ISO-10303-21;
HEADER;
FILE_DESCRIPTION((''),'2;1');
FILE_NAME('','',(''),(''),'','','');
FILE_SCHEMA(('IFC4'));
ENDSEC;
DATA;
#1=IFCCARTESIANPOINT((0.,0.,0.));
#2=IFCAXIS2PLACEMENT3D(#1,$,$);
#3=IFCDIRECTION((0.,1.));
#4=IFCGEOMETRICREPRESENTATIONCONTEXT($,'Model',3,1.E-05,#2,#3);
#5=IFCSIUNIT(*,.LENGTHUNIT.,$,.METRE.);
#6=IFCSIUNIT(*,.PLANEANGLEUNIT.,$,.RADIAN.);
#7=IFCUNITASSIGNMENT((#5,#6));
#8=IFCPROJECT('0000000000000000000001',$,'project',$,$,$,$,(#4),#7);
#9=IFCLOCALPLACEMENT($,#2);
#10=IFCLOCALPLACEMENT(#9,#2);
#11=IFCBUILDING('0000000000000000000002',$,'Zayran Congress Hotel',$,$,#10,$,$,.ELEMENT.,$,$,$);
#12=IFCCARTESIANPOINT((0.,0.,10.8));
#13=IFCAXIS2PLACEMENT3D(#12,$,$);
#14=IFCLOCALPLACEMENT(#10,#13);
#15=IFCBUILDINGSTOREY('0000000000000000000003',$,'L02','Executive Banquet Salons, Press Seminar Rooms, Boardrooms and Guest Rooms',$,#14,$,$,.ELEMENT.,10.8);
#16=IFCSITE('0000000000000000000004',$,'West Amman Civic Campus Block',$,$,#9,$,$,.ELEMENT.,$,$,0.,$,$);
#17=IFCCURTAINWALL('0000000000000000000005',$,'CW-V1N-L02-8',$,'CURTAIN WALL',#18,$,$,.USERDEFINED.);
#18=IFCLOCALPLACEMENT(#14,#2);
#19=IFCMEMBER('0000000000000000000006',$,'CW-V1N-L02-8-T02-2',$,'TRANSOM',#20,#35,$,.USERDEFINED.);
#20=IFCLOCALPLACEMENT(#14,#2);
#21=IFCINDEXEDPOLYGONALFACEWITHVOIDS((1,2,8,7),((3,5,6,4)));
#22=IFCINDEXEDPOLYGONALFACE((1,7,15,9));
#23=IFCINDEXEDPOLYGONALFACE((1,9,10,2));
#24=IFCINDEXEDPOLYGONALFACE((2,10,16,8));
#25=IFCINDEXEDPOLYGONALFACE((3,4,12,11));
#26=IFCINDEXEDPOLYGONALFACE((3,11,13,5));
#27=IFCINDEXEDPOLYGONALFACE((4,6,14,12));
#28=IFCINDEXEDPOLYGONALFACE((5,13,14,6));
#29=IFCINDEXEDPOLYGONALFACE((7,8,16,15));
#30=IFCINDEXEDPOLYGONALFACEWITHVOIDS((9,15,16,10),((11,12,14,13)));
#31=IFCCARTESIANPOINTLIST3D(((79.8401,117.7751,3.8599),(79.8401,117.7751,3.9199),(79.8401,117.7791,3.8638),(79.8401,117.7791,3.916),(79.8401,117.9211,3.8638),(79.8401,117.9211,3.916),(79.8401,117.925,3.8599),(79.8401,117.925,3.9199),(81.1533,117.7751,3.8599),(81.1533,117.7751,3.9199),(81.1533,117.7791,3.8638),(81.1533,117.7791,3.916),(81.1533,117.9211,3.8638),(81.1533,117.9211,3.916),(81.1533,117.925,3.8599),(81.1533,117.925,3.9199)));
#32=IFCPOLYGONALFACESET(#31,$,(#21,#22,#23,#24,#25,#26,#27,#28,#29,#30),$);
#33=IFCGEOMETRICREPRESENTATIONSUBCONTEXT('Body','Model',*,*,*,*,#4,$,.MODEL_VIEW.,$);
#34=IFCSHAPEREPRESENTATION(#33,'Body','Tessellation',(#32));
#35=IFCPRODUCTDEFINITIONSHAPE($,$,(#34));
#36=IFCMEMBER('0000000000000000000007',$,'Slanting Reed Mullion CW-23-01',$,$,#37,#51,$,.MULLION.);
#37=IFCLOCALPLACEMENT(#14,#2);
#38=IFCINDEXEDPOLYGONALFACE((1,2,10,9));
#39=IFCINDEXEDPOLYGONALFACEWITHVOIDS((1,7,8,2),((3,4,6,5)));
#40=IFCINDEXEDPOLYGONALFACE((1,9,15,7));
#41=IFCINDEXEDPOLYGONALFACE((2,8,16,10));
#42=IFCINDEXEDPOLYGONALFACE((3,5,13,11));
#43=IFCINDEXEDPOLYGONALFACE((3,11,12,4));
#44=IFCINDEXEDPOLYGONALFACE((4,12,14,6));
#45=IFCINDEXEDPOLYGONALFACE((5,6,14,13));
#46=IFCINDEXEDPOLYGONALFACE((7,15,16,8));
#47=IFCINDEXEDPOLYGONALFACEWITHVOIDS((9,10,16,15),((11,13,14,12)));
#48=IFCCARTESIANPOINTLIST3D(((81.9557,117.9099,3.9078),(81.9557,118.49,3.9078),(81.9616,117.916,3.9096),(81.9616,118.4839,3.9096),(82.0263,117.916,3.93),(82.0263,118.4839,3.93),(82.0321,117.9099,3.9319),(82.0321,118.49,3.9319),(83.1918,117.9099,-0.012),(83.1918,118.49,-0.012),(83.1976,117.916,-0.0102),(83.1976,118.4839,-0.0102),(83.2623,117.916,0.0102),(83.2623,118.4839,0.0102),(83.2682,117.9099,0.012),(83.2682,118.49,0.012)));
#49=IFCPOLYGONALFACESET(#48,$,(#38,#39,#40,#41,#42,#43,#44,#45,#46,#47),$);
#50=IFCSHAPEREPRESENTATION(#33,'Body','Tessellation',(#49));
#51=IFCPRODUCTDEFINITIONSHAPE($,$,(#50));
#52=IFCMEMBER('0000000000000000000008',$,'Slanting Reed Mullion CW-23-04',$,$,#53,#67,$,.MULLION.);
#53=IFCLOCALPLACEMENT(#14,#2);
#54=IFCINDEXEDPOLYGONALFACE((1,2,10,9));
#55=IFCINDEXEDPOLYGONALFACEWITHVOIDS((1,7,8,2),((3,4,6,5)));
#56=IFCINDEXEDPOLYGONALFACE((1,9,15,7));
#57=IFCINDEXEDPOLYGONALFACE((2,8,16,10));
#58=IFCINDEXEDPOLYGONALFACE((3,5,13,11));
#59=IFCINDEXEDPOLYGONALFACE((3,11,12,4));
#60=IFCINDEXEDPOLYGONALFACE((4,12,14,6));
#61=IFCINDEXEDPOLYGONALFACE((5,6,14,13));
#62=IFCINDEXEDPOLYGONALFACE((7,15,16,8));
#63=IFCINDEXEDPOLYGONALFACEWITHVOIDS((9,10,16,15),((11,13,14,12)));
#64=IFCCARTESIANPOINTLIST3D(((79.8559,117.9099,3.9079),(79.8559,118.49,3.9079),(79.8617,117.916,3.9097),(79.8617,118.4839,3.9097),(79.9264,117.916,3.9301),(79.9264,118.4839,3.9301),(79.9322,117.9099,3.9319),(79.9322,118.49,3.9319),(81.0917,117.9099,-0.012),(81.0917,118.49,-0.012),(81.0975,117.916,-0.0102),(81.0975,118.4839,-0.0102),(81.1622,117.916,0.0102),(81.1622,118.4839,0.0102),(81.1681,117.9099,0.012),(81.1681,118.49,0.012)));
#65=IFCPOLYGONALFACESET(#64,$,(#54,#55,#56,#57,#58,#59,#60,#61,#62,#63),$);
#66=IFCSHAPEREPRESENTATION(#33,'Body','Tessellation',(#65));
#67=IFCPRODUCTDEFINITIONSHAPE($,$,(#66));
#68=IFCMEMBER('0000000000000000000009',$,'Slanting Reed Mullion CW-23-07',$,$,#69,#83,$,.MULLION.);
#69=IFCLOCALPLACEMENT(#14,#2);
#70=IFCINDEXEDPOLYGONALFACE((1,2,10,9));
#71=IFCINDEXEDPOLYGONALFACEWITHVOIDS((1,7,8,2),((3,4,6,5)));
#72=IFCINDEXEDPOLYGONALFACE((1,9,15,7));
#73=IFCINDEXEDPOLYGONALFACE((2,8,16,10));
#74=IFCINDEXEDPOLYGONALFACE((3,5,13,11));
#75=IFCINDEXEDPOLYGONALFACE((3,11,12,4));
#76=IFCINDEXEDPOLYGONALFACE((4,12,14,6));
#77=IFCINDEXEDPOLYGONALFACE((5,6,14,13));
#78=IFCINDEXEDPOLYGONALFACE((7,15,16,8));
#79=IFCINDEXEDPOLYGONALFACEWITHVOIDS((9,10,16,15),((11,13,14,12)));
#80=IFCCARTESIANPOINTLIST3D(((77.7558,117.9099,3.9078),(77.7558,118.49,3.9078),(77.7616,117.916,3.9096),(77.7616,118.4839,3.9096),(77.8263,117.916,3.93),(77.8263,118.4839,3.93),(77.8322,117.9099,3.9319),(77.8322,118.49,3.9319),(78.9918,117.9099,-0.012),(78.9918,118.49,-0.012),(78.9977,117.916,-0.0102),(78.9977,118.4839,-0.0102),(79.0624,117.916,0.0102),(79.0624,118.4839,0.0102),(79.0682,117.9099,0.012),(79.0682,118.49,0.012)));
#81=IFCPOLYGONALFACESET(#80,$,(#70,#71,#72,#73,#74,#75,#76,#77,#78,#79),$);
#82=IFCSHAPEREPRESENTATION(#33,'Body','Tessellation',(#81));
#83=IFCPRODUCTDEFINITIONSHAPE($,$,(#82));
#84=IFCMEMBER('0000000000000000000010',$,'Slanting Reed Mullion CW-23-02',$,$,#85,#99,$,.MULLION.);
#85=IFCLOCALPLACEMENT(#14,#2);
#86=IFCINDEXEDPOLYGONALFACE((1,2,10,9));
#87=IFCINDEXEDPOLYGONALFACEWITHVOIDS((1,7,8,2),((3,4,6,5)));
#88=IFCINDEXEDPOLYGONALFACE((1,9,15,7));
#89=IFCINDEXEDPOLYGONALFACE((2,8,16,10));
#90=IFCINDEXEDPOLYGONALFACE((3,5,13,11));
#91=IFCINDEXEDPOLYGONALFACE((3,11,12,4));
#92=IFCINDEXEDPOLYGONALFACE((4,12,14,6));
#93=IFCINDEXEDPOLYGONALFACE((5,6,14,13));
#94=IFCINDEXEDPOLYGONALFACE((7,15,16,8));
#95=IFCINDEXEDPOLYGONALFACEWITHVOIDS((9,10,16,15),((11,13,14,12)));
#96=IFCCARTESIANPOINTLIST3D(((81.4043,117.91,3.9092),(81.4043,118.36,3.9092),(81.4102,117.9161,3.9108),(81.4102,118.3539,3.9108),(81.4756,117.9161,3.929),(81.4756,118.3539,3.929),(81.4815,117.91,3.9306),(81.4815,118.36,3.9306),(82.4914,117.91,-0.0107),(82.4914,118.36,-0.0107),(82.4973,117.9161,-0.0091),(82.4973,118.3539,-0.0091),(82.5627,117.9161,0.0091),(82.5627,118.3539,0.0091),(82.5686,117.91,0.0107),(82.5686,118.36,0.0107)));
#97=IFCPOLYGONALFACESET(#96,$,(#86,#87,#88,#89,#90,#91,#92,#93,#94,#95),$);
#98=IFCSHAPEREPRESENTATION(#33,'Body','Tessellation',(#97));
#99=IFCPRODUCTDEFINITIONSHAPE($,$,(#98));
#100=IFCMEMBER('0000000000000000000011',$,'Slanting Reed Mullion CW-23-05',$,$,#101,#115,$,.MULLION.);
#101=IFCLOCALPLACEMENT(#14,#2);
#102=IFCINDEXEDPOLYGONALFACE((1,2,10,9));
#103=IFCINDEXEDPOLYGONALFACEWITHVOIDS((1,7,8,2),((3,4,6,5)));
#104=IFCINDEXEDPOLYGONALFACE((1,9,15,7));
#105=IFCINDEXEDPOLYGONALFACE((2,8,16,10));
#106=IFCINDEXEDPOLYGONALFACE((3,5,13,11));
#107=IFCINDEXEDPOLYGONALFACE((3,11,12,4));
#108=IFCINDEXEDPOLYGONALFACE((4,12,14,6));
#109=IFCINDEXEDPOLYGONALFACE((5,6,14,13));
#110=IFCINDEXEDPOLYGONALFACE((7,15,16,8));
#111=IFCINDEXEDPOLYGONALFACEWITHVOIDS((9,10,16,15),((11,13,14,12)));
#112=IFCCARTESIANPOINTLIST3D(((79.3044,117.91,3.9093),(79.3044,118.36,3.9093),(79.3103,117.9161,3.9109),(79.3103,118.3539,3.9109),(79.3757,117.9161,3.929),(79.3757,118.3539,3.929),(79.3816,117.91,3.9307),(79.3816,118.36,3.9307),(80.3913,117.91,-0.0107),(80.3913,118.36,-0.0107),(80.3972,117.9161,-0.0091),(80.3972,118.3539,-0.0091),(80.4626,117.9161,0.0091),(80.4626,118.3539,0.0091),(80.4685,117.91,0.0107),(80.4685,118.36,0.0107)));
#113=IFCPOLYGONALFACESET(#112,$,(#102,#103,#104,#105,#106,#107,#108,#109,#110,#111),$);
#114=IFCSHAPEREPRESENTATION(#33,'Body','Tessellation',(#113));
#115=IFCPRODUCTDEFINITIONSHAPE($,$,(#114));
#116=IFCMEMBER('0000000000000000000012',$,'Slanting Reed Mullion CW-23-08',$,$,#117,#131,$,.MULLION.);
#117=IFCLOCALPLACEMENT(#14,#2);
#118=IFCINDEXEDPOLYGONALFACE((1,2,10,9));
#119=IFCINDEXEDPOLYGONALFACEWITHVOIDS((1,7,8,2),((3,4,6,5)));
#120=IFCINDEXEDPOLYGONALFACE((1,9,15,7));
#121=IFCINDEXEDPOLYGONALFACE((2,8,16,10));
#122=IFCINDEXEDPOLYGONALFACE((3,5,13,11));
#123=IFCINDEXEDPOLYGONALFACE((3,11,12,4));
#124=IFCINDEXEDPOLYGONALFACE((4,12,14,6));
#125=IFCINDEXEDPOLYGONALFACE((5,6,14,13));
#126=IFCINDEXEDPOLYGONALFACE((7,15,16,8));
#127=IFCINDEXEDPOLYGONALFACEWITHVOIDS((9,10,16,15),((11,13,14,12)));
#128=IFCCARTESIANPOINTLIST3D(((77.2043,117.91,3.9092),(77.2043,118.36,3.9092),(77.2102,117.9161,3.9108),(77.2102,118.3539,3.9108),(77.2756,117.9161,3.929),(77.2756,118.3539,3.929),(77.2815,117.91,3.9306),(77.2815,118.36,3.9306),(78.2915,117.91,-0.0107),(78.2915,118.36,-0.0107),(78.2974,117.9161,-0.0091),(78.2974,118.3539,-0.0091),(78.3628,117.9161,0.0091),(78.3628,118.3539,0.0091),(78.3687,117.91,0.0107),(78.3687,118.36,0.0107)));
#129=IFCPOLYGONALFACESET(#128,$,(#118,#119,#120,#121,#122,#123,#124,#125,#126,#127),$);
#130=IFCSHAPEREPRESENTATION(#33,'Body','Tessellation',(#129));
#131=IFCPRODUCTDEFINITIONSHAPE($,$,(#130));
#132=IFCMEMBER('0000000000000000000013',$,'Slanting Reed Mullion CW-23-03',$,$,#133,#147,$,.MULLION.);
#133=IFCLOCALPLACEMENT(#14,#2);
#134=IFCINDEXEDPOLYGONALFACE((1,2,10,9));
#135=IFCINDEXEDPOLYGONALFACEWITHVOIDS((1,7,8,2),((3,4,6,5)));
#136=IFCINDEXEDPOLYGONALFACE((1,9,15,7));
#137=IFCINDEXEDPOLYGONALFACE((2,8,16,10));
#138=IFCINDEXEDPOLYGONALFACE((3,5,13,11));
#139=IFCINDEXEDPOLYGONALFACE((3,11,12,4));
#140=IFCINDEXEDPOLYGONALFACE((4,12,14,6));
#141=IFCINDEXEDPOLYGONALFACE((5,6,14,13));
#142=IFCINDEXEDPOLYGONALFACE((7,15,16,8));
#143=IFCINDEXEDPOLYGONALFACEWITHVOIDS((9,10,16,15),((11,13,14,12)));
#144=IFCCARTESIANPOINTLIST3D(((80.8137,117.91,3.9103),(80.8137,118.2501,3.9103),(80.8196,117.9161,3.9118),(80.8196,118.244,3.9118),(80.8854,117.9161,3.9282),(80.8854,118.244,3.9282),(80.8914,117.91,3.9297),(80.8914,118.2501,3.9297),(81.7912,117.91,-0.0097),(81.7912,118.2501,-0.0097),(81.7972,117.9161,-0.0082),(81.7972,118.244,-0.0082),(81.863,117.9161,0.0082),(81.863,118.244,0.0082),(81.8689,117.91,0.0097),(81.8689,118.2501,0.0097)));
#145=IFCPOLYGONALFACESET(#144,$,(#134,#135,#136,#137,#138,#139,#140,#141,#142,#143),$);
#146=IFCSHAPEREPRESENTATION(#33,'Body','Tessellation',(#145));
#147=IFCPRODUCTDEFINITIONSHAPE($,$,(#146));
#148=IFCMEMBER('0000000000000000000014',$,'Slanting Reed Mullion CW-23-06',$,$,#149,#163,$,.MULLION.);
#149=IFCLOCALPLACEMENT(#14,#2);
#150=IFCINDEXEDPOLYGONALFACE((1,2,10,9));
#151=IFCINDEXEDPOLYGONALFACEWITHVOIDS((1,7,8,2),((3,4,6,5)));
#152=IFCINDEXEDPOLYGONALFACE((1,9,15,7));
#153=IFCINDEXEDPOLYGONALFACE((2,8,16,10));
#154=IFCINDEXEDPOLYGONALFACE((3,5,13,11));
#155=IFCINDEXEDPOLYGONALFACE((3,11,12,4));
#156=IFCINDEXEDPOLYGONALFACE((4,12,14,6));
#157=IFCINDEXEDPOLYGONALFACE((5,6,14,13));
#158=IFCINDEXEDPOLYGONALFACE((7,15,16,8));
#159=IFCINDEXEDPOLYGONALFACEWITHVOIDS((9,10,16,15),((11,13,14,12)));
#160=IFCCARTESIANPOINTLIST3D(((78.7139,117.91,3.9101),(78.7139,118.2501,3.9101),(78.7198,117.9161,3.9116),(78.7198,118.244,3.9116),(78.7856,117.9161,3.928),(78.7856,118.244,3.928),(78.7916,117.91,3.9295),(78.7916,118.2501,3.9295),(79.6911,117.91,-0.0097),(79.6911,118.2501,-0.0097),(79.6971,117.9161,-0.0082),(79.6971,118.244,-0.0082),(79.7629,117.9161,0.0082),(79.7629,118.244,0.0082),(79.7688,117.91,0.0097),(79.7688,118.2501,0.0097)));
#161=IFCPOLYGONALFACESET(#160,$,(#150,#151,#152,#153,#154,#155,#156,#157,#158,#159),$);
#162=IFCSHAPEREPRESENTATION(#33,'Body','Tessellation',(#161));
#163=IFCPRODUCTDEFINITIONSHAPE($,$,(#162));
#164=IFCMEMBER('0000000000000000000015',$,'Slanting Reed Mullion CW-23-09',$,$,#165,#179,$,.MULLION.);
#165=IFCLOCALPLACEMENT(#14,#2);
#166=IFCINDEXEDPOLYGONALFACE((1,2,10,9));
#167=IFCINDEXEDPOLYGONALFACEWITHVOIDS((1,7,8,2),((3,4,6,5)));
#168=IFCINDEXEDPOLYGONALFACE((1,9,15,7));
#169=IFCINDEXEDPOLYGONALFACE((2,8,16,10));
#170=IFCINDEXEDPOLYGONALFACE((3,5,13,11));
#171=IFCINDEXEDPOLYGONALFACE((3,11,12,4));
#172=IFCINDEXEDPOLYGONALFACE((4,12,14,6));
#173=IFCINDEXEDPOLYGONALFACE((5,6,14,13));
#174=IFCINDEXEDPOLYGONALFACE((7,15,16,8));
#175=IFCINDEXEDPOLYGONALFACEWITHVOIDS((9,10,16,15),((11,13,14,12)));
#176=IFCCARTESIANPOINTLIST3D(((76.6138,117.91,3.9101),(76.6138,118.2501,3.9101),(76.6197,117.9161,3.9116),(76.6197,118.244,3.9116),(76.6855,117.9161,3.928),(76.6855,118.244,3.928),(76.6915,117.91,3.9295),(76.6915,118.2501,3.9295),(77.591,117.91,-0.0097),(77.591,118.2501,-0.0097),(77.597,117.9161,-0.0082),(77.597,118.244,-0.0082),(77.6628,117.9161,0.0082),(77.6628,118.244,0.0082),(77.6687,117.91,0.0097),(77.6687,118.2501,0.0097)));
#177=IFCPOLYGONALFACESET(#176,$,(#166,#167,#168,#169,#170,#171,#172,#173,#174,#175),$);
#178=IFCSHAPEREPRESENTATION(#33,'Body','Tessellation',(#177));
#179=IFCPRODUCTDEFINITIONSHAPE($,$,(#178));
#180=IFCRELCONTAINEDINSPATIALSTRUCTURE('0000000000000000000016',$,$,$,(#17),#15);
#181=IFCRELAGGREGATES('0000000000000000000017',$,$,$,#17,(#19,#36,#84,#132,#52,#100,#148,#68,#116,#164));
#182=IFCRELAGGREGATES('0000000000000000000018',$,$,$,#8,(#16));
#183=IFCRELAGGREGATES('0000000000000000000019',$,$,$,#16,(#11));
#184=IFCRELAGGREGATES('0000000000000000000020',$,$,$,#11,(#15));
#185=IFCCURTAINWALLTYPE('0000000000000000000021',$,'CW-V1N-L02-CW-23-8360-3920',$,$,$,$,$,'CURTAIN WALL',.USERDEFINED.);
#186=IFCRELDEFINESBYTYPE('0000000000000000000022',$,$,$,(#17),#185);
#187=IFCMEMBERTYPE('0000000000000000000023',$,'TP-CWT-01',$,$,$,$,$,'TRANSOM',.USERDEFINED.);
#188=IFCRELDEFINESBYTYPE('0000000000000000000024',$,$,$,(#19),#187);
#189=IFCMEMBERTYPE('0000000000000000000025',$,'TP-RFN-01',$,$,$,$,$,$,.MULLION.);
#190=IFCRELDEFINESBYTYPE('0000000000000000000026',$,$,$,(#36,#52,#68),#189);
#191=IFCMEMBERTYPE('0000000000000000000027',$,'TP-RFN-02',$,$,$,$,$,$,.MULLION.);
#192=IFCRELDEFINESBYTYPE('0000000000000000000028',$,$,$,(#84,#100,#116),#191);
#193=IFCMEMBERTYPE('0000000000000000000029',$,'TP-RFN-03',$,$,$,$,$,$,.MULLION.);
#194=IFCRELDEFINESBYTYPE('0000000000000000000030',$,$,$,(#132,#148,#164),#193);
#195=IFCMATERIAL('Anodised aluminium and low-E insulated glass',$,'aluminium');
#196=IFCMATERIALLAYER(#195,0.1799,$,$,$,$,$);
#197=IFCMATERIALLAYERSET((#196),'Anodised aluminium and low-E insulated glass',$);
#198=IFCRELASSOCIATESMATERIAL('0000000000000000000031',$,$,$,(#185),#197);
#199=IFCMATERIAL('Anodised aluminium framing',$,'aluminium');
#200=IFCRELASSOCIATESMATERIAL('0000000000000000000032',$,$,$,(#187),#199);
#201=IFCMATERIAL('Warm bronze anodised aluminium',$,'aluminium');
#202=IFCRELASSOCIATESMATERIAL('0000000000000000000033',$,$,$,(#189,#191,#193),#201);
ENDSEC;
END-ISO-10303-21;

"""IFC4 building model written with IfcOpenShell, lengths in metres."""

from ifc_helpers import new_model, si_unit, direction, frame, origin, origin_2d, place, context, subcontext, project, spatial, hollow_rectangle, extrude, material, layer, layer_set, material_profile, profile_set, type_object, element, aggregate, save


model = new_model("IFC4")

# Units and contexts
model_context = context("Model", 3, precision=1e-05, world=origin(), true_north=direction((0.0, 1.0)))
body_context = subcontext(model_context, "Body", "Model", "MODEL_VIEW")
ifc_project = project(units=[si_unit("LENGTHUNIT", "METRE"), si_unit("PLANEANGLEUNIT", "RADIAN")], contexts=[model_context])

# Site, building, storey
site_placement = place(None, origin())
site = spatial("IfcSite", under=ifc_project, at=site_placement, Name="West Amman Civic Campus Block", CompositionType="ELEMENT", RefElevation=0.0)
building_placement = place(site_placement, origin())
building = spatial("IfcBuilding", under=site, at=building_placement, Name="Zayran Congress Hotel", CompositionType="ELEMENT")
storey_placement = place(building_placement, frame((0.0, 0.0, 10.8)))
storey = spatial("IfcBuildingStorey", under=building, at=storey_placement, Name="L02", Description="Executive Banquet Salons, Press Seminar Rooms, Boardrooms and Guest Rooms", CompositionType="ELEMENT", Elevation=10.8)

# Curtain wall, members
ifc_material_1 = material(Name="Anodised aluminium and low-E insulated glass", Category="aluminium")
ifc_layer_1 = layer(ifc_material_1, 0.1799)
ifc_layer_set_1 = layer_set([ifc_layer_1], Name="Anodised aluminium and low-E insulated glass")
curtain_wall_type = type_object("IfcCurtainWallType", Name="CW-V1N-L02-CW-23-8360-3920", ElementType="CURTAIN WALL", PredefinedType="USERDEFINED", material=ifc_layer_set_1)
curtain_wall_placement = place(storey_placement, origin())
curtain_wall = element("IfcCurtainWall", 1, at=curtain_wall_placement, inside=storey, type_object=curtain_wall_type, Name="CW-V1N-L02-8", ObjectType="CURTAIN WALL", PredefinedType="USERDEFINED")
ifc_material_2 = material(Name="Anodised aluminium framing", Category="aluminium")
ifc_material_profile_1 = material_profile(ifc_material_2, hollow_rectangle(XDim=0.0601, YDim=0.1499, WallThickness=0.0039, at=origin_2d()), Name="RHS 150x60x4")
ifc_profile_set_1 = profile_set([ifc_material_profile_1], Name="Anodised aluminium framing")
member_type_1 = type_object("IfcMemberType", Name="TP-CWT-01", ElementType="TRANSOM", PredefinedType="USERDEFINED", material=ifc_profile_set_1)
member_1_placement = place(storey_placement, frame((81.1533, 117.8501, 3.8899), z_axis=(-1.0, 0.0, 0.0), x_axis=(0.0, 0.0, 1.0)))
member_1 = element("IfcMember", 2, at=member_1_placement, type_object=member_type_1, Name="CW-V1N-L02-8-T02-2", ObjectType="TRANSOM", PredefinedType="USERDEFINED", context=body_context, shape_type="SweptSolid", body=[
    extrude(hollow_rectangle(XDim=0.0601, YDim=0.1499, WallThickness=0.0039, at=origin_2d()), origin(), (0.0, 0.0, 1.0), 1.3132),
])
ifc_material_3 = material(Name="Warm bronze anodised aluminium", Category="aluminium")
ifc_material_profile_2 = material_profile(ifc_material_3, hollow_rectangle(XDim=0.0801, YDim=0.5801, WallThickness=0.0061, at=origin_2d()), Name="RHS 580x80x6")
ifc_profile_set_2 = profile_set([ifc_material_profile_2], Name="Warm bronze anodised aluminium")
member_type_2 = type_object("IfcMemberType", Name="TP-RFN-01", PredefinedType="MULLION", material=ifc_profile_set_2)
member_2_placement = place(storey_placement, frame((83.23, 118.2, 0.0), z_axis=(-0.300736, 0.0, 0.953707), x_axis=(0.953707, 0.0, 0.300736)))
member_2 = element("IfcMember", 3, at=member_2_placement, type_object=member_type_2, Name="Slanting Reed Mullion CW-23-01", PredefinedType="MULLION", context=body_context, shape_type="SweptSolid", body=[
    extrude(hollow_rectangle(XDim=0.0801, YDim=0.5801, WallThickness=0.0061, at=origin_2d()), origin(), (0.0, 0.0, 1.0), 4.1101),
])
member_3_placement = place(storey_placement, frame((81.1299, 118.2, 0.0), z_axis=(-0.300682, 0.0, 0.953724), x_axis=(0.953724, 0.0, 0.300682)))
member_3 = element("IfcMember", 4, at=member_3_placement, type_object=member_type_2, Name="Slanting Reed Mullion CW-23-04", PredefinedType="MULLION", context=body_context, shape_type="SweptSolid", body=[
    extrude(hollow_rectangle(XDim=0.0801, YDim=0.5801, WallThickness=0.0061, at=origin_2d()), origin(), (0.0, 0.0, 1.0), 4.1101),
])
member_4_placement = place(storey_placement, frame((79.03, 118.2, 0.0), z_axis=(-0.300736, 0.0, 0.953707), x_axis=(0.953707, 0.0, 0.300736)))
member_4 = element("IfcMember", 5, at=member_4_placement, type_object=member_type_2, Name="Slanting Reed Mullion CW-23-07", PredefinedType="MULLION", context=body_context, shape_type="SweptSolid", body=[
    extrude(hollow_rectangle(XDim=0.0801, YDim=0.5801, WallThickness=0.0061, at=origin_2d()), origin(), (0.0, 0.0, 1.0), 4.1101),
])
ifc_material_profile_3 = material_profile(ifc_material_3, hollow_rectangle(XDim=0.0801, YDim=0.45, WallThickness=0.0061, at=origin_2d()), Name="RHS 450x80x6")
ifc_profile_set_3 = profile_set([ifc_material_profile_3], Name="Warm bronze anodised aluminium")
member_type_3 = type_object("IfcMemberType", Name="TP-RFN-02", PredefinedType="MULLION", material=ifc_profile_set_3)
member_5_placement = place(storey_placement, frame((82.53, 118.135, 0.0), z_axis=(-0.267254, 0.0, 0.963626), x_axis=(0.963626, 0.0, 0.267254)))
member_5 = element("IfcMember", 6, at=member_5_placement, type_object=member_type_3, Name="Slanting Reed Mullion CW-23-02", PredefinedType="MULLION", context=body_context, shape_type="SweptSolid", body=[
    extrude(hollow_rectangle(XDim=0.0801, YDim=0.45, WallThickness=0.0061, at=origin_2d()), origin(), (0.0, 0.0, 1.0), 4.0679),
])
member_6_placement = place(storey_placement, frame((80.4299, 118.135, 0.0), z_axis=(-0.267198, 0.0, 0.963642), x_axis=(0.963642, 0.0, 0.267198)))
member_6 = element("IfcMember", 7, at=member_6_placement, type_object=member_type_3, Name="Slanting Reed Mullion CW-23-05", PredefinedType="MULLION", context=body_context, shape_type="SweptSolid", body=[
    extrude(hollow_rectangle(XDim=0.0801, YDim=0.45, WallThickness=0.0061, at=origin_2d()), origin(), (0.0, 0.0, 1.0), 4.0679),
])
member_7_placement = place(storey_placement, frame((78.3301, 118.135, 0.0), z_axis=(-0.267254, 0.0, 0.963626), x_axis=(0.963626, 0.0, 0.267254)))
member_7 = element("IfcMember", 8, at=member_7_placement, type_object=member_type_3, Name="Slanting Reed Mullion CW-23-08", PredefinedType="MULLION", context=body_context, shape_type="SweptSolid", body=[
    extrude(hollow_rectangle(XDim=0.0801, YDim=0.45, WallThickness=0.0061, at=origin_2d()), origin(), (0.0, 0.0, 1.0), 4.0679),
])
ifc_material_profile_4 = material_profile(ifc_material_3, hollow_rectangle(XDim=0.0801, YDim=0.3401, WallThickness=0.0061, at=origin_2d()), Name="RHS 340x80x6")
ifc_profile_set_4 = profile_set([ifc_material_profile_4], Name="Warm bronze anodised aluminium")
member_type_4 = type_object("IfcMemberType", Name="TP-RFN-03", PredefinedType="MULLION", material=ifc_profile_set_4)
member_8_placement = place(storey_placement, frame((81.8301, 118.0801, 0.0), z_axis=(-0.241967, 0.0, 0.970285), x_axis=(0.970285, 0.0, 0.241967)))
member_8 = element("IfcMember", 9, at=member_8_placement, type_object=member_type_4, Name="Slanting Reed Mullion CW-23-03", PredefinedType="MULLION", context=body_context, shape_type="SweptSolid", body=[
    extrude(hollow_rectangle(XDim=0.0801, YDim=0.3401, WallThickness=0.0061, at=origin_2d()), origin(), (0.0, 0.0, 1.0), 4.04),
])
member_9_placement = place(storey_placement, frame((79.73, 118.0801, 0.0), z_axis=(-0.24191, 0.0, 0.970299), x_axis=(0.970299, 0.0, 0.24191)))
member_9 = element("IfcMember", 10, at=member_9_placement, type_object=member_type_4, Name="Slanting Reed Mullion CW-23-06", PredefinedType="MULLION", context=body_context, shape_type="SweptSolid", body=[
    extrude(hollow_rectangle(XDim=0.0801, YDim=0.3401, WallThickness=0.0061, at=origin_2d()), origin(), (0.0, 0.0, 1.0), 4.0398),
])
member_10_placement = place(storey_placement, frame((77.6299, 118.0801, 0.0), z_axis=(-0.24191, 0.0, 0.970299), x_axis=(0.970299, 0.0, 0.24191)))
member_10 = element("IfcMember", 11, at=member_10_placement, type_object=member_type_4, Name="Slanting Reed Mullion CW-23-09", PredefinedType="MULLION", context=body_context, shape_type="SweptSolid", body=[
    extrude(hollow_rectangle(XDim=0.0801, YDim=0.3401, WallThickness=0.0061, at=origin_2d()), origin(), (0.0, 0.0, 1.0), 4.0398),
])
aggregate(curtain_wall, [member_1, member_2, member_5, member_8, member_3, member_6, member_9, member_4, member_7, member_10])

save(model, "model.ifc")
